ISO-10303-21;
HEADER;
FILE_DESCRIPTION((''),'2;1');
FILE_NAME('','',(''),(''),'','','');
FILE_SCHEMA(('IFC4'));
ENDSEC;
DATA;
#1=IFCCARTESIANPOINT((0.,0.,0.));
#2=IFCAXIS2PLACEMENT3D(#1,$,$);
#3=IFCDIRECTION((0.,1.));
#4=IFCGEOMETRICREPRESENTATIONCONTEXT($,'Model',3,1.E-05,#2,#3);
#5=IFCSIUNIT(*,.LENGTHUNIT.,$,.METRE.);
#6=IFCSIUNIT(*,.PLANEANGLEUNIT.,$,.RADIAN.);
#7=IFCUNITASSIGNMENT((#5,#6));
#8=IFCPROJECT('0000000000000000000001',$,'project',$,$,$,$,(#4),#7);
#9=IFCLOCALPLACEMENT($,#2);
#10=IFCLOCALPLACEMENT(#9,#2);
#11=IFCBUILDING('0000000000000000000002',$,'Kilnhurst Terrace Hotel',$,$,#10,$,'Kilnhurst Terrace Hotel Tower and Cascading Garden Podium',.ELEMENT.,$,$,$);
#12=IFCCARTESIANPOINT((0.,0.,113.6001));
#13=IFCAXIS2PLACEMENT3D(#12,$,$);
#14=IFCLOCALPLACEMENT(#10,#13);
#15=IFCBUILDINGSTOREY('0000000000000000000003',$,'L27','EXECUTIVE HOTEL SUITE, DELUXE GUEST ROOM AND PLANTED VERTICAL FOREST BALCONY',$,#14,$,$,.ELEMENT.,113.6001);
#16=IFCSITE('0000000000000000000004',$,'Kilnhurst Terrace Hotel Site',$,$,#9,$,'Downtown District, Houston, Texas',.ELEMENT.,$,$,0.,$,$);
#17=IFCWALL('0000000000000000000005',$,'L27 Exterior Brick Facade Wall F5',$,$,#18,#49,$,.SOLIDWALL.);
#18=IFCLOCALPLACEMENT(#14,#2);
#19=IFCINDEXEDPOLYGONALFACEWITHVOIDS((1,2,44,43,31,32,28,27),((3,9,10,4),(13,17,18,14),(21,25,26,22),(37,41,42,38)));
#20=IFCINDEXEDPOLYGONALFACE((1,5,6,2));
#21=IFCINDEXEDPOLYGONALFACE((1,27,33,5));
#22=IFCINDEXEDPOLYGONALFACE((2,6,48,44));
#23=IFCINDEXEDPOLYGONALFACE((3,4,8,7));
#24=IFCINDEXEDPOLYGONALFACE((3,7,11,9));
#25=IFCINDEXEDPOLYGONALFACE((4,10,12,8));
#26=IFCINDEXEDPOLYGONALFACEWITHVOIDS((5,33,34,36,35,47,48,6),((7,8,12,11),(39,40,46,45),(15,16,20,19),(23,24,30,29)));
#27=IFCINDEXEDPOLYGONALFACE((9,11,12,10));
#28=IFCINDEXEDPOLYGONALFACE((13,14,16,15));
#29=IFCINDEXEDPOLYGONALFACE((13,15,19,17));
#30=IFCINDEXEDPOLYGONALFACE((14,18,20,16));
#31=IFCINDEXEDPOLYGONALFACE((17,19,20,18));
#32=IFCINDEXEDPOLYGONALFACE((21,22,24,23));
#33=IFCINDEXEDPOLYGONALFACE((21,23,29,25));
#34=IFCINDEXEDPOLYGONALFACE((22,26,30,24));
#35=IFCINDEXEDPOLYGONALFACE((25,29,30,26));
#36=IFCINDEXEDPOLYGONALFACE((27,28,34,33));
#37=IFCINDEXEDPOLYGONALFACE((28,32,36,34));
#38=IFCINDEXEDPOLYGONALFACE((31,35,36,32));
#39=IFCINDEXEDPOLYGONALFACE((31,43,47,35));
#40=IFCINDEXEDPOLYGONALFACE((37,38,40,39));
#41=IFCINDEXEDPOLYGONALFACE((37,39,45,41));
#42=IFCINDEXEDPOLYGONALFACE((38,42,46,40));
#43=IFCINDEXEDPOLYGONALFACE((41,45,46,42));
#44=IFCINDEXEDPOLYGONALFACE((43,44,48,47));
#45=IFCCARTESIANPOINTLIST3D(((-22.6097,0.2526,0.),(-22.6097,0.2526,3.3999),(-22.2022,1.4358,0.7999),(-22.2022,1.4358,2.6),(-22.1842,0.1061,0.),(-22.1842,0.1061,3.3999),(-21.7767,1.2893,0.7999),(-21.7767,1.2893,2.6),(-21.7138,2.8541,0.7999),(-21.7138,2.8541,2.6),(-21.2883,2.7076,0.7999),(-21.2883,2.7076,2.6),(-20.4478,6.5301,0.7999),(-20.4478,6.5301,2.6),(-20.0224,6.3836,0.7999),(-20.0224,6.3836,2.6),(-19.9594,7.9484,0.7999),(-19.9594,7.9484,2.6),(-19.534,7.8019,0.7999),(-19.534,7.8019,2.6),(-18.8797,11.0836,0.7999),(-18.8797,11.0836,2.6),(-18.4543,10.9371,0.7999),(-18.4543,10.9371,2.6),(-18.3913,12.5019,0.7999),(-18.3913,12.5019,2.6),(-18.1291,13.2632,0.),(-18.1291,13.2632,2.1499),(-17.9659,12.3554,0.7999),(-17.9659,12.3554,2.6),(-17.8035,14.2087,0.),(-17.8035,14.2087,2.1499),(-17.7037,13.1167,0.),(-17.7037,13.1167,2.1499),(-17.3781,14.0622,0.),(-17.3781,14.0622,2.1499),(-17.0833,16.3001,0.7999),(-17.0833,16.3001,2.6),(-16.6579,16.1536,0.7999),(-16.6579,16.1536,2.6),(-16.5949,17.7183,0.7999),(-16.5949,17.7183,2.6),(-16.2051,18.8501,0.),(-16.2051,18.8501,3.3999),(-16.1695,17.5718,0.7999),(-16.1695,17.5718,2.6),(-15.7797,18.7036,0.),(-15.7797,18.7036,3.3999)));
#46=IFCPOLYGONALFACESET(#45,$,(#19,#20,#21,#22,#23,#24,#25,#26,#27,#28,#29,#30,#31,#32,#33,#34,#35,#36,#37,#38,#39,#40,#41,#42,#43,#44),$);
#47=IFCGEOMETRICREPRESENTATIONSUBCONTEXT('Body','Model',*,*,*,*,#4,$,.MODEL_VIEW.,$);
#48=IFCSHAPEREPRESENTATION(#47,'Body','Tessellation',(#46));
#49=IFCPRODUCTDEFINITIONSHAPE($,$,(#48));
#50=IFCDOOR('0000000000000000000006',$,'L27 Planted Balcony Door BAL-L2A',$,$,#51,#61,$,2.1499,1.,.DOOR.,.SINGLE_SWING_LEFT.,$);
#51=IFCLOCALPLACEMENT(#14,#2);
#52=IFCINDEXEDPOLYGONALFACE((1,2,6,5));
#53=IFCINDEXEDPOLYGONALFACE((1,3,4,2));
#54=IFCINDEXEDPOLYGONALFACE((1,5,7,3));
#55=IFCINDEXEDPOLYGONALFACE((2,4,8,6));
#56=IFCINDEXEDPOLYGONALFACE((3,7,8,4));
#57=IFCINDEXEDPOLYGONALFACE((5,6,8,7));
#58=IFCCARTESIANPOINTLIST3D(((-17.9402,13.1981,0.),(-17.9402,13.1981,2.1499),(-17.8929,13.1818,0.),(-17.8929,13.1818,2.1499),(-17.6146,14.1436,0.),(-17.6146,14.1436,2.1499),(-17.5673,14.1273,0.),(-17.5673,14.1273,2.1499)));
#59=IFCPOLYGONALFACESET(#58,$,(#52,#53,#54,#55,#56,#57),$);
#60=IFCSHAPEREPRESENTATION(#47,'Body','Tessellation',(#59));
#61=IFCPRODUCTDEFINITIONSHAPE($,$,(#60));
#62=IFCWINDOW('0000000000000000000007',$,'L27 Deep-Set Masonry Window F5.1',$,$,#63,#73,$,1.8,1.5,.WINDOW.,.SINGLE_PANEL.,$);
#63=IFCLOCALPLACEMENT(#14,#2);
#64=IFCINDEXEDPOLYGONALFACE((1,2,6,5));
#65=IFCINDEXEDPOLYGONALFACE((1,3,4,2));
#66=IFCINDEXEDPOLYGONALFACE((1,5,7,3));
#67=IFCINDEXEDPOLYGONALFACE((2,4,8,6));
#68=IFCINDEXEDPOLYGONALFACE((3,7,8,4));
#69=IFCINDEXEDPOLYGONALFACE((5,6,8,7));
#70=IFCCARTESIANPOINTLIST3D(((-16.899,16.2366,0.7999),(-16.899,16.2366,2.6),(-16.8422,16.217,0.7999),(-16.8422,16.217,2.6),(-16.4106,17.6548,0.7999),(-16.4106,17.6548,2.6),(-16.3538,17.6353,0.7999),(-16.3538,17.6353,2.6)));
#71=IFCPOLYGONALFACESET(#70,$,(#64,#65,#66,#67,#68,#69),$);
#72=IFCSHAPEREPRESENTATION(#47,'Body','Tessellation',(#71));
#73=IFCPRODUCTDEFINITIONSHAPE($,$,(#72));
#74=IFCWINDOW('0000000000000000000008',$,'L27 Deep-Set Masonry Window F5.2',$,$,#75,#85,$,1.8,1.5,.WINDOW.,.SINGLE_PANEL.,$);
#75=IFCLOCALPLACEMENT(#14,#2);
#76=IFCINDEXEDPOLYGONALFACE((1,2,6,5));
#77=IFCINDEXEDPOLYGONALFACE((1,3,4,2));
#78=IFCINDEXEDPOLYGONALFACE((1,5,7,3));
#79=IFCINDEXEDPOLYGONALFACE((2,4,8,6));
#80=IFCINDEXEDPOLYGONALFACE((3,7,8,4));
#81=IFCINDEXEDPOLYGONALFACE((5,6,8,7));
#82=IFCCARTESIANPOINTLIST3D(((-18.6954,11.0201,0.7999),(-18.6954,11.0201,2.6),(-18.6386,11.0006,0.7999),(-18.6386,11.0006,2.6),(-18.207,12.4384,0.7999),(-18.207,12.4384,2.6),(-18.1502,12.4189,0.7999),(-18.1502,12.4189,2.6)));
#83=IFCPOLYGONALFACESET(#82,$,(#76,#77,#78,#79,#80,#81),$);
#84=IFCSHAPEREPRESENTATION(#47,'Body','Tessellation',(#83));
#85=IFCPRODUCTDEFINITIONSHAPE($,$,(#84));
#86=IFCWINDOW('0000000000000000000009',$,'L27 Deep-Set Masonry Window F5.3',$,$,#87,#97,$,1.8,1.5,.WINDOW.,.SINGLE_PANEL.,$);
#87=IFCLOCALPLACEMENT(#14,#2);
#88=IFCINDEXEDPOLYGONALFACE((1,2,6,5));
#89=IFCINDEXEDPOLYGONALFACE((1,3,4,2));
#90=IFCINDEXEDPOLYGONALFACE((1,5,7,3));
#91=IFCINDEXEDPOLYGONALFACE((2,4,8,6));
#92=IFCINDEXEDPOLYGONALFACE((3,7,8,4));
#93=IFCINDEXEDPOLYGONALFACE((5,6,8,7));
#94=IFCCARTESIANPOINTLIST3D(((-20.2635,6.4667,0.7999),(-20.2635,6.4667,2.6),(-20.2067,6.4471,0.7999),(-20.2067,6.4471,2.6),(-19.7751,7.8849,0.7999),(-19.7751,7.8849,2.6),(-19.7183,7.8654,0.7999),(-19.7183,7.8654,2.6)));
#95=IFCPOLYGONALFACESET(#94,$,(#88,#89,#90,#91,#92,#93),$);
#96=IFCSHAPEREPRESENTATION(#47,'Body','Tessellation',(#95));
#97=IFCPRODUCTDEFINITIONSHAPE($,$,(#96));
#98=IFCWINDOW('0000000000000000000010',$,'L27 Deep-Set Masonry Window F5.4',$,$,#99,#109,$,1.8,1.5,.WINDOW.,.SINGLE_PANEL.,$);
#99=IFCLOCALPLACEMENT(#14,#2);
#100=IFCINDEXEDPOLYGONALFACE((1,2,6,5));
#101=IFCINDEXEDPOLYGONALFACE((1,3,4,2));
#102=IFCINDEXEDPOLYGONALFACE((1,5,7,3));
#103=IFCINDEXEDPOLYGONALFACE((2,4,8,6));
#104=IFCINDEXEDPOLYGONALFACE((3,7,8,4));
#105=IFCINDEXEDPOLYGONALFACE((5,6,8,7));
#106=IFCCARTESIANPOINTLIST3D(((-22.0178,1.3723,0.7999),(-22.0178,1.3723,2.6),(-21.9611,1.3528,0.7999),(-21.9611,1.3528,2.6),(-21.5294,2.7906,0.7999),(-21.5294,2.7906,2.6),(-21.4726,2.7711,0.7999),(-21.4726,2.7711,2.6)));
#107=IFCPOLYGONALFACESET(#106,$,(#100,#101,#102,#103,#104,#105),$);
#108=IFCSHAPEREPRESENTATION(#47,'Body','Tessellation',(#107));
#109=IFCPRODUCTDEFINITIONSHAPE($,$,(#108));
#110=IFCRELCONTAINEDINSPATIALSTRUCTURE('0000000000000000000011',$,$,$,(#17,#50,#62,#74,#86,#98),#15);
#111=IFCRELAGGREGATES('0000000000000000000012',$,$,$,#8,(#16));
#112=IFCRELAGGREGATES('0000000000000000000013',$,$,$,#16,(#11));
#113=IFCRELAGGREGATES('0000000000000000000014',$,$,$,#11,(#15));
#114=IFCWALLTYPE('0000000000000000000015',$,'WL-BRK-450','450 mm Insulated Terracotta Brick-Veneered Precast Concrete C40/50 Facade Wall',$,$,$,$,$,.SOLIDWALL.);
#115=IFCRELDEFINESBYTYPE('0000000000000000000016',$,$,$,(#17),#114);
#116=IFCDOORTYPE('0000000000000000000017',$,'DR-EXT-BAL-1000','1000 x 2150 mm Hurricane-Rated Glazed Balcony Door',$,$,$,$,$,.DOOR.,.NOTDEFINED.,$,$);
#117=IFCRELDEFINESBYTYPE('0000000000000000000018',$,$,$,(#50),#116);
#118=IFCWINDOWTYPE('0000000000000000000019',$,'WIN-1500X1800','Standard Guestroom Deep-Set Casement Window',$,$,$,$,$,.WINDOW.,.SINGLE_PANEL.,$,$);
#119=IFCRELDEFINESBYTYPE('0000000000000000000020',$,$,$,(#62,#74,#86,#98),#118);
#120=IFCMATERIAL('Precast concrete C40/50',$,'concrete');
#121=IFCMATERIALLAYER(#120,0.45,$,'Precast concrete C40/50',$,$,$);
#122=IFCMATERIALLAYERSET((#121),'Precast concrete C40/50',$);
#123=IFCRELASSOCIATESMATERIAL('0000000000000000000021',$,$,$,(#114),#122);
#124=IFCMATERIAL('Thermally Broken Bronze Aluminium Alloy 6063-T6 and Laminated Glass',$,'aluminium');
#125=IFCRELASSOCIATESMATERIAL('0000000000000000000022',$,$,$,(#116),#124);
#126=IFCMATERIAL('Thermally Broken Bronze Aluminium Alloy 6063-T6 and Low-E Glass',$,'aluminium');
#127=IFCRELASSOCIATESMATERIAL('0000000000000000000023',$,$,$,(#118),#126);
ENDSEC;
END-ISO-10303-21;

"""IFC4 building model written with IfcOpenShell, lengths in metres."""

from ifc_helpers import new_model, si_unit, direction, frame, frame_2d, origin, place, context, subcontext, project, spatial, rectangle, extrude, material, layer, layer_set, type_object, element, fill, save


model = new_model("IFC4")

# Units and contexts
model_context = context("Model", 3, precision=1e-05, world=origin(), true_north=direction((0.0, 1.0)))
body_context = subcontext(model_context, "Body", "Model", "MODEL_VIEW")
ifc_project = project(units=[si_unit("LENGTHUNIT", "METRE"), si_unit("PLANEANGLEUNIT", "RADIAN")], contexts=[model_context])

# Site, building, storey
site_placement = place(None, origin())
site = spatial("IfcSite", under=ifc_project, at=site_placement, Name="Kilnhurst Terrace Hotel Site", LongName="Downtown District, Houston, Texas", CompositionType="ELEMENT", RefElevation=0.0)
building_placement = place(site_placement, origin())
building = spatial("IfcBuilding", under=site, at=building_placement, Name="Kilnhurst Terrace Hotel", LongName="Kilnhurst Terrace Hotel Tower and Cascading Garden Podium", CompositionType="ELEMENT")
storey_placement = place(building_placement, frame((0.0, 0.0, 113.6001)))
storey = spatial("IfcBuildingStorey", under=building, at=storey_placement, Name="L27", Description="EXECUTIVE HOTEL SUITE, DELUXE GUEST ROOM AND PLANTED VERTICAL FOREST BALCONY", CompositionType="ELEMENT", Elevation=113.6001)

# Shared definitions
ifc_material_1 = material(Name="Precast concrete C40/50", Category="concrete")
ifc_layer_1 = layer(ifc_material_1, 0.45, Name="Precast concrete C40/50")
ifc_layer_set_1 = layer_set([ifc_layer_1], Name="Precast concrete C40/50")
wall_type_1 = type_object("IfcWallType", Name="WL-BRK-450", Description="450 mm Insulated Terracotta Brick-Veneered Precast Concrete C40/50 Facade Wall", PredefinedType="SOLIDWALL", material=ifc_layer_set_1)

# Wall, openings, door, windows
wall_1_placement = place(storey_placement, frame((-15.9924, 18.7769, 0.0), z_axis=(0.0, 0.0, 1.0), x_axis=(-0.325607, -0.945505, 0.0)))
wall_1 = element("IfcWall", 1, at=wall_1_placement, inside=storey, type_object=wall_type_1, Name="L27 Exterior Brick Facade Wall F5", PredefinedType="SOLIDWALL", context=body_context, shape_type="SweptSolid", body=[
    extrude(rectangle(XDim=19.6694, YDim=0.45, at=frame_2d((9.8347, 0.0))), origin(), (0.0, 0.0, 1.0), 3.3999),
])
opening_1_placement = place(wall_1_placement, frame((4.9089, 0.0, 0.0)))
opening_1 = element("IfcOpeningElement", 2, at=opening_1_placement, cuts=wall_1, PredefinedType="OPENING", context=body_context, shape_type="SweptSolid", body=[
    extrude(rectangle(XDim=1.0, YDim=2.1499, at=frame_2d((0.5, 1.075))), frame((0.0, 0.2349, 0.0), z_axis=(0.0, -1.0, 0.0), x_axis=(1.0, 0.0, 0.0)), (0.0, 0.0, 1.0), 0.47),
])
opening_2_placement = place(wall_1_placement, frame((1.197, 0.0, 0.8)))
opening_2 = element("IfcOpeningElement", 3, at=opening_2_placement, cuts=wall_1, PredefinedType="OPENING", context=body_context, shape_type="SweptSolid", body=[
    extrude(rectangle(XDim=1.5, YDim=1.8, at=frame_2d((0.75, 0.8999))), frame((0.0, 0.2349, 0.0), z_axis=(0.0, -1.0, 0.0), x_axis=(1.0, 0.0, 0.0)), (0.0, 0.0, 1.0), 0.47),
])
opening_3_placement = place(wall_1_placement, frame((6.7141, 0.0, 0.8)))
opening_3 = element("IfcOpeningElement", 4, at=opening_3_placement, cuts=wall_1, PredefinedType="OPENING", context=body_context, shape_type="SweptSolid", body=[
    extrude(rectangle(XDim=1.5, YDim=1.8, at=frame_2d((0.75, 0.8999))), frame((0.0, 0.2349, 0.0), z_axis=(0.0, -1.0, 0.0), x_axis=(1.0, 0.0, 0.0)), (0.0, 0.0, 1.0), 0.47),
])
opening_4_placement = place(wall_1_placement, frame((11.53, 0.0, 0.8)))
opening_4 = element("IfcOpeningElement", 5, at=opening_4_placement, cuts=wall_1, PredefinedType="OPENING", context=body_context, shape_type="SweptSolid", body=[
    extrude(rectangle(XDim=1.5, YDim=1.8, at=frame_2d((0.75, 0.8999))), frame((0.0, 0.2349, 0.0), z_axis=(0.0, -1.0, 0.0), x_axis=(1.0, 0.0, 0.0)), (0.0, 0.0, 1.0), 0.47),
])
opening_5_placement = place(wall_1_placement, frame((16.918, 0.0, 0.8)))
opening_5 = element("IfcOpeningElement", 6, at=opening_5_placement, cuts=wall_1, PredefinedType="OPENING", context=body_context, shape_type="SweptSolid", body=[
    extrude(rectangle(XDim=1.5, YDim=1.8, at=frame_2d((0.75, 0.8999))), frame((0.0, 0.2349, 0.0), z_axis=(0.0, -1.0, 0.0), x_axis=(1.0, 0.0, 0.0)), (0.0, 0.0, 1.0), 0.47),
])
ifc_material_2 = material(Name="Thermally Broken Bronze Aluminium Alloy 6063-T6 and Laminated Glass", Category="aluminium")
door_type_1 = type_object("IfcDoorType", Name="DR-EXT-BAL-1000", Description="1000 x 2150 mm Hurricane-Rated Glazed Balcony Door", OperationType="NOTDEFINED", PredefinedType="DOOR", material=ifc_material_2)
door_1_placement = place(opening_1_placement, origin())
door_1 = element("IfcDoor", 7, at=door_1_placement, inside=storey, type_object=door_type_1, Name="L27 Planted Balcony Door BAL-L2A", OperationType="SINGLE_SWING_LEFT", OverallHeight=2.1499, OverallWidth=1.0, PredefinedType="DOOR", context=body_context, shape_type="SweptSolid", body=[
    extrude(rectangle(XDim=1.0, YDim=2.1499, at=frame_2d((0.5, 1.075))), frame((0.0, 0.0249, 0.0), z_axis=(0.0, -1.0, 0.0), x_axis=(1.0, 0.0, 0.0)), (0.0, 0.0, 1.0), 0.05),
])
fill(opening_1, door_1)
ifc_material_3 = material(Name="Thermally Broken Bronze Aluminium Alloy 6063-T6 and Low-E Glass", Category="aluminium")
window_type = type_object("IfcWindowType", Name="WIN-1500X1800", Description="Standard Guestroom Deep-Set Casement Window", PartitioningType="SINGLE_PANEL", PredefinedType="WINDOW", material=ifc_material_3)
window_1_placement = place(opening_2_placement, origin())
window_1 = element("IfcWindow", 8, at=window_1_placement, inside=storey, type_object=window_type, Name="L27 Deep-Set Masonry Window F5.1", OverallHeight=1.8, OverallWidth=1.5, PartitioningType="SINGLE_PANEL", PredefinedType="WINDOW", context=body_context, shape_type="SweptSolid", body=[
    extrude(rectangle(XDim=1.5, YDim=1.8, at=frame_2d((0.75, 0.8999))), frame((0.0, 0.03, 0.0), z_axis=(0.0, -1.0, 0.0), x_axis=(1.0, 0.0, 0.0)), (0.0, 0.0, 1.0), 0.0601),
])
fill(opening_2, window_1)
window_2_placement = place(opening_3_placement, origin())
window_2 = element("IfcWindow", 9, at=window_2_placement, inside=storey, type_object=window_type, Name="L27 Deep-Set Masonry Window F5.2", OverallHeight=1.8, OverallWidth=1.5, PartitioningType="SINGLE_PANEL", PredefinedType="WINDOW", context=body_context, shape_type="SweptSolid", body=[
    extrude(rectangle(XDim=1.5, YDim=1.8, at=frame_2d((0.75, 0.8999))), frame((0.0, 0.03, 0.0), z_axis=(0.0, -1.0, 0.0), x_axis=(1.0, 0.0, 0.0)), (0.0, 0.0, 1.0), 0.0601),
])
fill(opening_3, window_2)
window_3_placement = place(opening_4_placement, origin())
window_3 = element("IfcWindow", 10, at=window_3_placement, inside=storey, type_object=window_type, Name="L27 Deep-Set Masonry Window F5.3", OverallHeight=1.8, OverallWidth=1.5, PartitioningType="SINGLE_PANEL", PredefinedType="WINDOW", context=body_context, shape_type="SweptSolid", body=[
    extrude(rectangle(XDim=1.5, YDim=1.8, at=frame_2d((0.75, 0.8999))), frame((0.0, 0.03, 0.0), z_axis=(0.0, -1.0, 0.0), x_axis=(1.0, 0.0, 0.0)), (0.0, 0.0, 1.0), 0.0601),
])
fill(opening_4, window_3)
window_4_placement = place(opening_5_placement, origin())
window_4 = element("IfcWindow", 11, at=window_4_placement, inside=storey, type_object=window_type, Name="L27 Deep-Set Masonry Window F5.4", OverallHeight=1.8, OverallWidth=1.5, PartitioningType="SINGLE_PANEL", PredefinedType="WINDOW", context=body_context, shape_type="SweptSolid", body=[
    extrude(rectangle(XDim=1.5, YDim=1.8, at=frame_2d((0.75, 0.8999))), frame((0.0, 0.03, 0.0), z_axis=(0.0, -1.0, 0.0), x_axis=(1.0, 0.0, 0.0)), (0.0, 0.0, 1.0), 0.0601),
])
fill(opening_5, window_4)

save(model, "model.ifc")
